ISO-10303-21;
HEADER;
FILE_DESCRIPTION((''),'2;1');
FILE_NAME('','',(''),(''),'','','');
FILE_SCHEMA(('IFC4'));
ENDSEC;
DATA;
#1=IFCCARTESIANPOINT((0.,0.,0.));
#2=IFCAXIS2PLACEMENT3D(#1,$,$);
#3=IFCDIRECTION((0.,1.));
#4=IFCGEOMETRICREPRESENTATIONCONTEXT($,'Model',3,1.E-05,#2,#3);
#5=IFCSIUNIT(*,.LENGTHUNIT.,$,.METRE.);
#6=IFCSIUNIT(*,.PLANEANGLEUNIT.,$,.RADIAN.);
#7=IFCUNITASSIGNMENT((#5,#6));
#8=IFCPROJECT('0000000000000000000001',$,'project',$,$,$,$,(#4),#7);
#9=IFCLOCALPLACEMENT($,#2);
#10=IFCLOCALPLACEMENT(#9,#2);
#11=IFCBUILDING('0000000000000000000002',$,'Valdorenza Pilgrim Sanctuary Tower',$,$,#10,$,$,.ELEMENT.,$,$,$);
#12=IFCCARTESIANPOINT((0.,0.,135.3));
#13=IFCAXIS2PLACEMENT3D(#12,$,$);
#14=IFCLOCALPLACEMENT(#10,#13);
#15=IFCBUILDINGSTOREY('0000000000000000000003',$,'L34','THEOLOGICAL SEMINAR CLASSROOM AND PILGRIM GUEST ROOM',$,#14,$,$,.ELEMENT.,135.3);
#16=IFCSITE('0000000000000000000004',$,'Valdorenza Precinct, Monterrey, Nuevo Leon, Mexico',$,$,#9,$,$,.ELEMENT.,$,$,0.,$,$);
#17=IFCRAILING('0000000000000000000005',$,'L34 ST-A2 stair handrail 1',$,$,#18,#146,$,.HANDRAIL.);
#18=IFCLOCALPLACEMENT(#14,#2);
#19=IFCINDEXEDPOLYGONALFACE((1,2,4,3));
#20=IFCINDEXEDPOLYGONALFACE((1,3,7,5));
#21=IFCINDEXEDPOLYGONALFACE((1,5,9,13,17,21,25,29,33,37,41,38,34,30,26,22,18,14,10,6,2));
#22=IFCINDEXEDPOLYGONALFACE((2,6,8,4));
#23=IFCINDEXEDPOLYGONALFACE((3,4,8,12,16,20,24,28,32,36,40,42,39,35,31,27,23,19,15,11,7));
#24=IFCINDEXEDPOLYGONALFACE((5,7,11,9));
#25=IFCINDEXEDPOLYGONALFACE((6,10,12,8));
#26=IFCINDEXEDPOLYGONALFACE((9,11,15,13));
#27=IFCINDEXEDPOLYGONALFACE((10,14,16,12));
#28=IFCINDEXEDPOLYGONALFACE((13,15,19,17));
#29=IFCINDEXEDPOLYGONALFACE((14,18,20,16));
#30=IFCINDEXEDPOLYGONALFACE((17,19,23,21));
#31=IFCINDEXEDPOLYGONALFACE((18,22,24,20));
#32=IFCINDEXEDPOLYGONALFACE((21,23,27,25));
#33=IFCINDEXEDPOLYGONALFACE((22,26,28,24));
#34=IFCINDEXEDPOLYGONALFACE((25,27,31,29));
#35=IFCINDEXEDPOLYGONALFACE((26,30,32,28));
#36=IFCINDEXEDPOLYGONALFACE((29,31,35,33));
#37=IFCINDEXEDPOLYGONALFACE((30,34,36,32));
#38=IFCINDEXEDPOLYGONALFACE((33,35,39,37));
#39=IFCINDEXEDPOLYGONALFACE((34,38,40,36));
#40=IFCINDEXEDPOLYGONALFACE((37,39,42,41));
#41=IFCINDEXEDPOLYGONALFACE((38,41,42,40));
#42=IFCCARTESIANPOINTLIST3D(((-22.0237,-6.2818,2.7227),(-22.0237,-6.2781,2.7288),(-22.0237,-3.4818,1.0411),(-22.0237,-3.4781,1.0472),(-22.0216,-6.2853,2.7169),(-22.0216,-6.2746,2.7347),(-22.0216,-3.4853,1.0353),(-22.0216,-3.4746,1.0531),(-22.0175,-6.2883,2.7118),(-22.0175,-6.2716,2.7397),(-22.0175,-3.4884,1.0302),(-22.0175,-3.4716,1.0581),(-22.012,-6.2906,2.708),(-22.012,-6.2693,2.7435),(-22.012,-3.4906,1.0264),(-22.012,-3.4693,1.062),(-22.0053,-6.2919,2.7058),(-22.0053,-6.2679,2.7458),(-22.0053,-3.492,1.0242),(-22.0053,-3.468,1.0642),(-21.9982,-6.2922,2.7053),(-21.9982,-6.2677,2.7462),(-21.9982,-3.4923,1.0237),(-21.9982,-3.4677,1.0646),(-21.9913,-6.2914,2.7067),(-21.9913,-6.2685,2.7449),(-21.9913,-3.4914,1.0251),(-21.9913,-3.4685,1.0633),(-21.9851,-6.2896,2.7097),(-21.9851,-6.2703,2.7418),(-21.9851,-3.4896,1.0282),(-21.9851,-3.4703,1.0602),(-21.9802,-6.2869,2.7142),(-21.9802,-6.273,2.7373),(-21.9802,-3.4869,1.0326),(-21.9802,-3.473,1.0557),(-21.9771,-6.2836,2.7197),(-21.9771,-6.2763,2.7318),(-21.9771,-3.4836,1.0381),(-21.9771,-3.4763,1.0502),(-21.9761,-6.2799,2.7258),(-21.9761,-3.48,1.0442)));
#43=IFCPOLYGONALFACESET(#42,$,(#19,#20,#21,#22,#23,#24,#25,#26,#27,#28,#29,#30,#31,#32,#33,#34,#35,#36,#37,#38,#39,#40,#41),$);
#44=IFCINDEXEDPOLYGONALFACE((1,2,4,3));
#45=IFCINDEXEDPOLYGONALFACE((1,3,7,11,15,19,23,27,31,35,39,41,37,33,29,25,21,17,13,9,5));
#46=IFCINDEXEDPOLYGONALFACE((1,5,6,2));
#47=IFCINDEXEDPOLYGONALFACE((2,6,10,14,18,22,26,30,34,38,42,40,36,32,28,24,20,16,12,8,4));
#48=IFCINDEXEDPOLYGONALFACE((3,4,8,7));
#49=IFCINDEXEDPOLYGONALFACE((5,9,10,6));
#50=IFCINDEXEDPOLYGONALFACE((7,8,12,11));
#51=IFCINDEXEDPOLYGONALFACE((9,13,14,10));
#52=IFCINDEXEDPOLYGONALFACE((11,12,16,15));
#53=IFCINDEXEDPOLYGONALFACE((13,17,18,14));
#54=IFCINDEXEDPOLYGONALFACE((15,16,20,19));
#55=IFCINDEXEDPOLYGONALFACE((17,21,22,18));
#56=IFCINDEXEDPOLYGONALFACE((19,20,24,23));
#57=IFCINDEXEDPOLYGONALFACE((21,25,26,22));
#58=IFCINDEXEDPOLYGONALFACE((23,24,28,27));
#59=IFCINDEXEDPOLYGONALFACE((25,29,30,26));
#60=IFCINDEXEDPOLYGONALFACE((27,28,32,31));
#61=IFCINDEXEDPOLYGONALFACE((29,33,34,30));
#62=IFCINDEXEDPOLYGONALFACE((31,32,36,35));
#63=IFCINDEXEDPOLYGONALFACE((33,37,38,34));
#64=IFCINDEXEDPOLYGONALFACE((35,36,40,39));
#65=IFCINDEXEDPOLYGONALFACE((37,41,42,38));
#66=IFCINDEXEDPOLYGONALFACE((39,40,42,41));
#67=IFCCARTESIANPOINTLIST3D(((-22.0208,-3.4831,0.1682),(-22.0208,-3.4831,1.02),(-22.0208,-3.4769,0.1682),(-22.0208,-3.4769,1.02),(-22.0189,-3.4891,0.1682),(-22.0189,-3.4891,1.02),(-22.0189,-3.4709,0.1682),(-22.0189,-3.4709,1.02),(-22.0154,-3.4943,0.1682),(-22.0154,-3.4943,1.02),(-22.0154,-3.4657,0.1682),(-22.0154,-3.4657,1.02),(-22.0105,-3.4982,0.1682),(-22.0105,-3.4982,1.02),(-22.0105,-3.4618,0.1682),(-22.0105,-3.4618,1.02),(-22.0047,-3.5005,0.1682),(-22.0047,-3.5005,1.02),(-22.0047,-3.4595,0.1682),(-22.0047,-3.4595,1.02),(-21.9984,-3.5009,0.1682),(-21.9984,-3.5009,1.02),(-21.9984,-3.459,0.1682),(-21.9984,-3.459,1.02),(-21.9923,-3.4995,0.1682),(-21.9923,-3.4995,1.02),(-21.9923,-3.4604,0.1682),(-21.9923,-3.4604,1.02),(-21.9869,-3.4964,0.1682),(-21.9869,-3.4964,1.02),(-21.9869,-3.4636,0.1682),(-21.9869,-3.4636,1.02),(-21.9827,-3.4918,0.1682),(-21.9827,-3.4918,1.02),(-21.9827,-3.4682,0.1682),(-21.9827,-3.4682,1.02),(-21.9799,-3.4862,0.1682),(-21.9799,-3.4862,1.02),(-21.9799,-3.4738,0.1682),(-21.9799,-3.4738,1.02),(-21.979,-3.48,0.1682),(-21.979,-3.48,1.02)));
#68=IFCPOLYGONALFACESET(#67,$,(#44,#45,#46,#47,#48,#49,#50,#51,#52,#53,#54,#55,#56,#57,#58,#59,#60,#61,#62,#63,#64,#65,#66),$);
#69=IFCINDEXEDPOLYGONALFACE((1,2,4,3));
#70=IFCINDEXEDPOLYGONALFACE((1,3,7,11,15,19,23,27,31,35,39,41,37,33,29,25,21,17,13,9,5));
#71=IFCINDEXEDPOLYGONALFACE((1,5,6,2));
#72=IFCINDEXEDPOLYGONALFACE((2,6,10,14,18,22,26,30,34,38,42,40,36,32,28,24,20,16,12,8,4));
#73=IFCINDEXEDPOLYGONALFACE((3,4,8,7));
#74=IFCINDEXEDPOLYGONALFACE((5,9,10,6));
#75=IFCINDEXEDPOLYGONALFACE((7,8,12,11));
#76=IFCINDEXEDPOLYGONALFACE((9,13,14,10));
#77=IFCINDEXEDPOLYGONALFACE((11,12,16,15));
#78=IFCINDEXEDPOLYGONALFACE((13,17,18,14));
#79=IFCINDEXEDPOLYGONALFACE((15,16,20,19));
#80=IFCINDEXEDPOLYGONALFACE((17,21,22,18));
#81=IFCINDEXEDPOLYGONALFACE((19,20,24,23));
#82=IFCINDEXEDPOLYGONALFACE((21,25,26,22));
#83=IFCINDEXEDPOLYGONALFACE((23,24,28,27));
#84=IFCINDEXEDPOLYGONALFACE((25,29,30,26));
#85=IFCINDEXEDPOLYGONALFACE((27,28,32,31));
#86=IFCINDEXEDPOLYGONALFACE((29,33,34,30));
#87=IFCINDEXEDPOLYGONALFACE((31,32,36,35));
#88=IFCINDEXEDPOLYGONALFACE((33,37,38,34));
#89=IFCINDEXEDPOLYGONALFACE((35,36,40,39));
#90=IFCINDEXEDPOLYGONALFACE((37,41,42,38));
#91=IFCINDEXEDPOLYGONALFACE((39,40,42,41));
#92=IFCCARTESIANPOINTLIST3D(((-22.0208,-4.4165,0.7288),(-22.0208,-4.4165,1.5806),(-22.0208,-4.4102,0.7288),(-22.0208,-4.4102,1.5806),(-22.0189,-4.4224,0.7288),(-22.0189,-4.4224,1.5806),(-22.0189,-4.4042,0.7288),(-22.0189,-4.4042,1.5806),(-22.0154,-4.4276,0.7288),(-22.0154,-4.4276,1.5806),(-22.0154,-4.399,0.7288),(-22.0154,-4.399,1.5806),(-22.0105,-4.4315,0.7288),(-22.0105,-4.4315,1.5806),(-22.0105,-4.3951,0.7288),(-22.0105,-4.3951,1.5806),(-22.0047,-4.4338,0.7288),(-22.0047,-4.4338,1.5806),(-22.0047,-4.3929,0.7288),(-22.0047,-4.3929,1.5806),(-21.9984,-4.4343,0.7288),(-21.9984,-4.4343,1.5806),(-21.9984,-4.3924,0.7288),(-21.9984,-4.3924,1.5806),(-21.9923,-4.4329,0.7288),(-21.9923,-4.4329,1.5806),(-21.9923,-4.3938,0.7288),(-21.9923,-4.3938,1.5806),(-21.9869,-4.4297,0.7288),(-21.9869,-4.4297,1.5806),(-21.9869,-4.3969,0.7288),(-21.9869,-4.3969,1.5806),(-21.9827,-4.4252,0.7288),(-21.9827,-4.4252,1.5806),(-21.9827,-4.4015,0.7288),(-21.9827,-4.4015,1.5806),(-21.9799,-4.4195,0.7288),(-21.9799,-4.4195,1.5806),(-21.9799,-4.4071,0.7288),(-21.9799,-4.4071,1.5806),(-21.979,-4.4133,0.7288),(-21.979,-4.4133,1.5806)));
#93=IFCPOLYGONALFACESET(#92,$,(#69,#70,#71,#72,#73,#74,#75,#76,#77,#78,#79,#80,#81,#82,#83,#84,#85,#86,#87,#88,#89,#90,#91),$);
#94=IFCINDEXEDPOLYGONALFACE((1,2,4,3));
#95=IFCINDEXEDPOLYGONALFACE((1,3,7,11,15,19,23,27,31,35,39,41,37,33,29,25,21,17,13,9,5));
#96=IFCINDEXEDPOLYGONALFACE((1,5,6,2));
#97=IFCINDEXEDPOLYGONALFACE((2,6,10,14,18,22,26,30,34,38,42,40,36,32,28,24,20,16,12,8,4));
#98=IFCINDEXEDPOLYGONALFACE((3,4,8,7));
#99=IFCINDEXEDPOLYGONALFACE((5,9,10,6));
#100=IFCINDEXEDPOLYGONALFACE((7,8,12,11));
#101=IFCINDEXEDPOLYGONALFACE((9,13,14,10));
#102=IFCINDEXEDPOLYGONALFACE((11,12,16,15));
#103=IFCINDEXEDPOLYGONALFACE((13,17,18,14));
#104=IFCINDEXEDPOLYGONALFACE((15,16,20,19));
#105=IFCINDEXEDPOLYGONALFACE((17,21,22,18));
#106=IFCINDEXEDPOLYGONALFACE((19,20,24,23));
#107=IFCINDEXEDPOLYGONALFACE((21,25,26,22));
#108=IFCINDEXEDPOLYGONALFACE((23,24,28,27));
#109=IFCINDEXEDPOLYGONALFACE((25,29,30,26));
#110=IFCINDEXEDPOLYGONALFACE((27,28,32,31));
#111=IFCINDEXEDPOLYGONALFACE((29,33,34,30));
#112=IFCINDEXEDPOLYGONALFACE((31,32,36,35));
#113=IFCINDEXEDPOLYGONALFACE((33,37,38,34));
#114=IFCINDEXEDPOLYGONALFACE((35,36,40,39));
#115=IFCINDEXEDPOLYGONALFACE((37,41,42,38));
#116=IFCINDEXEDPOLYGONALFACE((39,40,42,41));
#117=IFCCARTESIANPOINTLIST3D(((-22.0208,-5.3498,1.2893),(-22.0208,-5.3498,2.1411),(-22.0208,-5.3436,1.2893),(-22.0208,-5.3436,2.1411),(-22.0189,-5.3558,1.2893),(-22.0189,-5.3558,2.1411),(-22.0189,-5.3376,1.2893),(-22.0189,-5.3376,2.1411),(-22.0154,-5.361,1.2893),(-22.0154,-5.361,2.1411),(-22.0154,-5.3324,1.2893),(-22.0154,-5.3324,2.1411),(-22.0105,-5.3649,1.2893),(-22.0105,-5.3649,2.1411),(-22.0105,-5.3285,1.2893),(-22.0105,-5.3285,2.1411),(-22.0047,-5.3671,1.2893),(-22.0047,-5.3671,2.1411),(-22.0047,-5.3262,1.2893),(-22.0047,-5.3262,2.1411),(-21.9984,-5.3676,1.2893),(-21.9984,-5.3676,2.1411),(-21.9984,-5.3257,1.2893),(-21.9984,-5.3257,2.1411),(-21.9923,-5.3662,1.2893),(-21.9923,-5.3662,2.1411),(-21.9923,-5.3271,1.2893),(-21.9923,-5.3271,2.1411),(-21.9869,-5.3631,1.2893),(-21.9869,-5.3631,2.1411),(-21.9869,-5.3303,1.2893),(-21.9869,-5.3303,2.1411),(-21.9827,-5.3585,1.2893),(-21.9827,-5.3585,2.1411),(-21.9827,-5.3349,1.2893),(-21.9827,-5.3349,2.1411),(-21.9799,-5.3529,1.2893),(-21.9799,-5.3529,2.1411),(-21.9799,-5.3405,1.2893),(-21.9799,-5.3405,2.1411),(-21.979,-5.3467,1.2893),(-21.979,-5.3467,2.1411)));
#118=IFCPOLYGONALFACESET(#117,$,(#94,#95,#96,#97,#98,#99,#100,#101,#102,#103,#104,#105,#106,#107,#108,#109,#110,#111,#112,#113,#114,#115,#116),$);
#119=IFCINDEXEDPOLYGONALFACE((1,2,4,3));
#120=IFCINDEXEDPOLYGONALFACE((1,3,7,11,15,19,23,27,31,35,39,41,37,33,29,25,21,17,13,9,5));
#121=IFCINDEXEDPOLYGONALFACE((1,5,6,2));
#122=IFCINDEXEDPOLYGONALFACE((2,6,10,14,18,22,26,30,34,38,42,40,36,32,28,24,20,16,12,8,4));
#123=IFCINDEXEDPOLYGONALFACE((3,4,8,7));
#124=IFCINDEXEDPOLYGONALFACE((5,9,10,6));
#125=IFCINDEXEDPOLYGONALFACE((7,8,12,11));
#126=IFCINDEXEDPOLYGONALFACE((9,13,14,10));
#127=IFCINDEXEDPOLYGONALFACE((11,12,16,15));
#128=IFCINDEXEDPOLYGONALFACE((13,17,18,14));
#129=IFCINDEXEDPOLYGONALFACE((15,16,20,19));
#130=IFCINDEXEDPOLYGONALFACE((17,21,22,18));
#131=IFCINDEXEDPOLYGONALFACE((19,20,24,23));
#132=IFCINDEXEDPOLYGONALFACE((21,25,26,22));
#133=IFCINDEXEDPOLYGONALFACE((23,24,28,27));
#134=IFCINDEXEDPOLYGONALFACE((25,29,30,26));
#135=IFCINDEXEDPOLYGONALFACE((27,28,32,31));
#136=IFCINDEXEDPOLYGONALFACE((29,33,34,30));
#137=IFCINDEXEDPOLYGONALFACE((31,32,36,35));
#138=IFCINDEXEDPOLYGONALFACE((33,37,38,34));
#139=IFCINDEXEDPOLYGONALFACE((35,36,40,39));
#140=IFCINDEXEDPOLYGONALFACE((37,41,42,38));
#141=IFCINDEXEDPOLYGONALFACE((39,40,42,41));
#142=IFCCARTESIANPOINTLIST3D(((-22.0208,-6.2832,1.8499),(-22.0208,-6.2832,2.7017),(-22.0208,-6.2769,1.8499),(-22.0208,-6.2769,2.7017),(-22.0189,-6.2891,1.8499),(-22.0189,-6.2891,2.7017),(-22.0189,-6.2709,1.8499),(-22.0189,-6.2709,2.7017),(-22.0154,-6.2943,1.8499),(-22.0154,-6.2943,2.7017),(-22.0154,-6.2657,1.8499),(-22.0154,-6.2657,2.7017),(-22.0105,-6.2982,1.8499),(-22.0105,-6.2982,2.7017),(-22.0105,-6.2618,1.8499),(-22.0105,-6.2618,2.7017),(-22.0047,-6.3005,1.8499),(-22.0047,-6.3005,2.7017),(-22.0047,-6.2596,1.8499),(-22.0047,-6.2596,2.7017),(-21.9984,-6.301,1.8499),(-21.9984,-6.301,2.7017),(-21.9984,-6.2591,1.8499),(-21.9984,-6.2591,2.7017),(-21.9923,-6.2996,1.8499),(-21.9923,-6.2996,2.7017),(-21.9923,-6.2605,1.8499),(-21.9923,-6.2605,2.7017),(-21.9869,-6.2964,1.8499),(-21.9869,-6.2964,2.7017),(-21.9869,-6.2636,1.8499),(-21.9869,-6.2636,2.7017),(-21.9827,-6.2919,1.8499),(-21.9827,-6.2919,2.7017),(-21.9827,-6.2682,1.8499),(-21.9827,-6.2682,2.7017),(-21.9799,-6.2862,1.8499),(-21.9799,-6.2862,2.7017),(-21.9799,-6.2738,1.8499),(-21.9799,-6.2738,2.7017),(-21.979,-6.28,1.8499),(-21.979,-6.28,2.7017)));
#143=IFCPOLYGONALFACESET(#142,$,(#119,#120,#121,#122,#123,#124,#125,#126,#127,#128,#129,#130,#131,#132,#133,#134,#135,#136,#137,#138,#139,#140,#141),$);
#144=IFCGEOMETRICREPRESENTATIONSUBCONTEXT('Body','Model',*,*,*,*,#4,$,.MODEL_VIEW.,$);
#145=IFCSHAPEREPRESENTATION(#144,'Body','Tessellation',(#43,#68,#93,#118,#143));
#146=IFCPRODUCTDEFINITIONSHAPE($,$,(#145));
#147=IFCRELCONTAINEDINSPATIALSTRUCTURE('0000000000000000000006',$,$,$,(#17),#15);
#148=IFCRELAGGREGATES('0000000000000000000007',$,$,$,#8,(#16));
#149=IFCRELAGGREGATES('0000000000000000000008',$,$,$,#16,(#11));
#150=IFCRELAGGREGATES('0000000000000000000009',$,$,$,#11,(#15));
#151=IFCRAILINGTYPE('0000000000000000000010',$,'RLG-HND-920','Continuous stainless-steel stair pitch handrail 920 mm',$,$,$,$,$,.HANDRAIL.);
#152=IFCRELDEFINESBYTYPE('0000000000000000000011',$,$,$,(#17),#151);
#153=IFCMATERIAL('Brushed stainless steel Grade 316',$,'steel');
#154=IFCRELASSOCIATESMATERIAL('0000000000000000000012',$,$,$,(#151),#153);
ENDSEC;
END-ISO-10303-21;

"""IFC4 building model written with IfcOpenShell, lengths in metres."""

from ifc_helpers import new_model, si_unit, direction, frame, origin, origin_2d, place, context, subcontext, project, spatial, circle, extrude, material, type_object, element, save


model = new_model("IFC4")

# Units and contexts
model_context = context("Model", 3, precision=1e-05, world=origin(), true_north=direction((0.0, 1.0)))
body_context = subcontext(model_context, "Body", "Model", "MODEL_VIEW")
ifc_project = project(units=[si_unit("LENGTHUNIT", "METRE"), si_unit("PLANEANGLEUNIT", "RADIAN")], contexts=[model_context])

# Site, building, storey
site_placement = place(None, origin())
site = spatial("IfcSite", under=ifc_project, at=site_placement, Name="Valdorenza Precinct, Monterrey, Nuevo Leon, Mexico", CompositionType="ELEMENT", RefElevation=0.0)
building_placement = place(site_placement, origin())
building = spatial("IfcBuilding", under=site, at=building_placement, Name="Valdorenza Pilgrim Sanctuary Tower", CompositionType="ELEMENT")
storey_placement = place(building_placement, frame((0.0, 0.0, 135.3)))
storey = spatial("IfcBuildingStorey", under=building, at=storey_placement, Name="L34", Description="THEOLOGICAL SEMINAR CLASSROOM AND PILGRIM GUEST ROOM", CompositionType="ELEMENT", Elevation=135.3)

# Shared definitions
ifc_material_1 = material(Name="Brushed stainless steel Grade 316", Category="steel")

# Railing
railing_type_1 = type_object("IfcRailingType", Name="RLG-HND-920", Description="Continuous stainless-steel stair pitch handrail 920 mm", PredefinedType="HANDRAIL", material=ifc_material_1)
railing_1_placement = place(storey_placement, frame((-22.0, -3.48, 0.1682)))
element("IfcRailing", 1, at=railing_1_placement, inside=storey, type_object=railing_type_1, Name="L34 ST-A2 stair handrail 1", PredefinedType="HANDRAIL", context=body_context, shape_type="SweptSolid", body=[
    extrude(circle(Radius=0.0239, at=origin_2d()), frame((0.0, 0.0, 0.876), z_axis=(0.0, -0.857275, 0.514858), x_axis=(1.0, 0.0, 0.0)), (0.0, 0.0, 1.0), 3.2661),
    extrude(circle(Radius=0.021, at=origin_2d()), origin(), (0.0, 0.0, 1.0), 0.8518),
    extrude(circle(Radius=0.021, at=origin_2d()), frame((0.0, -0.9333, 0.5605)), (0.0, 0.0, 1.0), 0.8518),
    extrude(circle(Radius=0.021, at=origin_2d()), frame((0.0, -1.8667, 1.1211)), (0.0, 0.0, 1.0), 0.8518),
    extrude(circle(Radius=0.021, at=origin_2d()), frame((0.0, -2.8, 1.6816)), (0.0, 0.0, 1.0), 0.8518),
])

save(model, "model.ifc")
